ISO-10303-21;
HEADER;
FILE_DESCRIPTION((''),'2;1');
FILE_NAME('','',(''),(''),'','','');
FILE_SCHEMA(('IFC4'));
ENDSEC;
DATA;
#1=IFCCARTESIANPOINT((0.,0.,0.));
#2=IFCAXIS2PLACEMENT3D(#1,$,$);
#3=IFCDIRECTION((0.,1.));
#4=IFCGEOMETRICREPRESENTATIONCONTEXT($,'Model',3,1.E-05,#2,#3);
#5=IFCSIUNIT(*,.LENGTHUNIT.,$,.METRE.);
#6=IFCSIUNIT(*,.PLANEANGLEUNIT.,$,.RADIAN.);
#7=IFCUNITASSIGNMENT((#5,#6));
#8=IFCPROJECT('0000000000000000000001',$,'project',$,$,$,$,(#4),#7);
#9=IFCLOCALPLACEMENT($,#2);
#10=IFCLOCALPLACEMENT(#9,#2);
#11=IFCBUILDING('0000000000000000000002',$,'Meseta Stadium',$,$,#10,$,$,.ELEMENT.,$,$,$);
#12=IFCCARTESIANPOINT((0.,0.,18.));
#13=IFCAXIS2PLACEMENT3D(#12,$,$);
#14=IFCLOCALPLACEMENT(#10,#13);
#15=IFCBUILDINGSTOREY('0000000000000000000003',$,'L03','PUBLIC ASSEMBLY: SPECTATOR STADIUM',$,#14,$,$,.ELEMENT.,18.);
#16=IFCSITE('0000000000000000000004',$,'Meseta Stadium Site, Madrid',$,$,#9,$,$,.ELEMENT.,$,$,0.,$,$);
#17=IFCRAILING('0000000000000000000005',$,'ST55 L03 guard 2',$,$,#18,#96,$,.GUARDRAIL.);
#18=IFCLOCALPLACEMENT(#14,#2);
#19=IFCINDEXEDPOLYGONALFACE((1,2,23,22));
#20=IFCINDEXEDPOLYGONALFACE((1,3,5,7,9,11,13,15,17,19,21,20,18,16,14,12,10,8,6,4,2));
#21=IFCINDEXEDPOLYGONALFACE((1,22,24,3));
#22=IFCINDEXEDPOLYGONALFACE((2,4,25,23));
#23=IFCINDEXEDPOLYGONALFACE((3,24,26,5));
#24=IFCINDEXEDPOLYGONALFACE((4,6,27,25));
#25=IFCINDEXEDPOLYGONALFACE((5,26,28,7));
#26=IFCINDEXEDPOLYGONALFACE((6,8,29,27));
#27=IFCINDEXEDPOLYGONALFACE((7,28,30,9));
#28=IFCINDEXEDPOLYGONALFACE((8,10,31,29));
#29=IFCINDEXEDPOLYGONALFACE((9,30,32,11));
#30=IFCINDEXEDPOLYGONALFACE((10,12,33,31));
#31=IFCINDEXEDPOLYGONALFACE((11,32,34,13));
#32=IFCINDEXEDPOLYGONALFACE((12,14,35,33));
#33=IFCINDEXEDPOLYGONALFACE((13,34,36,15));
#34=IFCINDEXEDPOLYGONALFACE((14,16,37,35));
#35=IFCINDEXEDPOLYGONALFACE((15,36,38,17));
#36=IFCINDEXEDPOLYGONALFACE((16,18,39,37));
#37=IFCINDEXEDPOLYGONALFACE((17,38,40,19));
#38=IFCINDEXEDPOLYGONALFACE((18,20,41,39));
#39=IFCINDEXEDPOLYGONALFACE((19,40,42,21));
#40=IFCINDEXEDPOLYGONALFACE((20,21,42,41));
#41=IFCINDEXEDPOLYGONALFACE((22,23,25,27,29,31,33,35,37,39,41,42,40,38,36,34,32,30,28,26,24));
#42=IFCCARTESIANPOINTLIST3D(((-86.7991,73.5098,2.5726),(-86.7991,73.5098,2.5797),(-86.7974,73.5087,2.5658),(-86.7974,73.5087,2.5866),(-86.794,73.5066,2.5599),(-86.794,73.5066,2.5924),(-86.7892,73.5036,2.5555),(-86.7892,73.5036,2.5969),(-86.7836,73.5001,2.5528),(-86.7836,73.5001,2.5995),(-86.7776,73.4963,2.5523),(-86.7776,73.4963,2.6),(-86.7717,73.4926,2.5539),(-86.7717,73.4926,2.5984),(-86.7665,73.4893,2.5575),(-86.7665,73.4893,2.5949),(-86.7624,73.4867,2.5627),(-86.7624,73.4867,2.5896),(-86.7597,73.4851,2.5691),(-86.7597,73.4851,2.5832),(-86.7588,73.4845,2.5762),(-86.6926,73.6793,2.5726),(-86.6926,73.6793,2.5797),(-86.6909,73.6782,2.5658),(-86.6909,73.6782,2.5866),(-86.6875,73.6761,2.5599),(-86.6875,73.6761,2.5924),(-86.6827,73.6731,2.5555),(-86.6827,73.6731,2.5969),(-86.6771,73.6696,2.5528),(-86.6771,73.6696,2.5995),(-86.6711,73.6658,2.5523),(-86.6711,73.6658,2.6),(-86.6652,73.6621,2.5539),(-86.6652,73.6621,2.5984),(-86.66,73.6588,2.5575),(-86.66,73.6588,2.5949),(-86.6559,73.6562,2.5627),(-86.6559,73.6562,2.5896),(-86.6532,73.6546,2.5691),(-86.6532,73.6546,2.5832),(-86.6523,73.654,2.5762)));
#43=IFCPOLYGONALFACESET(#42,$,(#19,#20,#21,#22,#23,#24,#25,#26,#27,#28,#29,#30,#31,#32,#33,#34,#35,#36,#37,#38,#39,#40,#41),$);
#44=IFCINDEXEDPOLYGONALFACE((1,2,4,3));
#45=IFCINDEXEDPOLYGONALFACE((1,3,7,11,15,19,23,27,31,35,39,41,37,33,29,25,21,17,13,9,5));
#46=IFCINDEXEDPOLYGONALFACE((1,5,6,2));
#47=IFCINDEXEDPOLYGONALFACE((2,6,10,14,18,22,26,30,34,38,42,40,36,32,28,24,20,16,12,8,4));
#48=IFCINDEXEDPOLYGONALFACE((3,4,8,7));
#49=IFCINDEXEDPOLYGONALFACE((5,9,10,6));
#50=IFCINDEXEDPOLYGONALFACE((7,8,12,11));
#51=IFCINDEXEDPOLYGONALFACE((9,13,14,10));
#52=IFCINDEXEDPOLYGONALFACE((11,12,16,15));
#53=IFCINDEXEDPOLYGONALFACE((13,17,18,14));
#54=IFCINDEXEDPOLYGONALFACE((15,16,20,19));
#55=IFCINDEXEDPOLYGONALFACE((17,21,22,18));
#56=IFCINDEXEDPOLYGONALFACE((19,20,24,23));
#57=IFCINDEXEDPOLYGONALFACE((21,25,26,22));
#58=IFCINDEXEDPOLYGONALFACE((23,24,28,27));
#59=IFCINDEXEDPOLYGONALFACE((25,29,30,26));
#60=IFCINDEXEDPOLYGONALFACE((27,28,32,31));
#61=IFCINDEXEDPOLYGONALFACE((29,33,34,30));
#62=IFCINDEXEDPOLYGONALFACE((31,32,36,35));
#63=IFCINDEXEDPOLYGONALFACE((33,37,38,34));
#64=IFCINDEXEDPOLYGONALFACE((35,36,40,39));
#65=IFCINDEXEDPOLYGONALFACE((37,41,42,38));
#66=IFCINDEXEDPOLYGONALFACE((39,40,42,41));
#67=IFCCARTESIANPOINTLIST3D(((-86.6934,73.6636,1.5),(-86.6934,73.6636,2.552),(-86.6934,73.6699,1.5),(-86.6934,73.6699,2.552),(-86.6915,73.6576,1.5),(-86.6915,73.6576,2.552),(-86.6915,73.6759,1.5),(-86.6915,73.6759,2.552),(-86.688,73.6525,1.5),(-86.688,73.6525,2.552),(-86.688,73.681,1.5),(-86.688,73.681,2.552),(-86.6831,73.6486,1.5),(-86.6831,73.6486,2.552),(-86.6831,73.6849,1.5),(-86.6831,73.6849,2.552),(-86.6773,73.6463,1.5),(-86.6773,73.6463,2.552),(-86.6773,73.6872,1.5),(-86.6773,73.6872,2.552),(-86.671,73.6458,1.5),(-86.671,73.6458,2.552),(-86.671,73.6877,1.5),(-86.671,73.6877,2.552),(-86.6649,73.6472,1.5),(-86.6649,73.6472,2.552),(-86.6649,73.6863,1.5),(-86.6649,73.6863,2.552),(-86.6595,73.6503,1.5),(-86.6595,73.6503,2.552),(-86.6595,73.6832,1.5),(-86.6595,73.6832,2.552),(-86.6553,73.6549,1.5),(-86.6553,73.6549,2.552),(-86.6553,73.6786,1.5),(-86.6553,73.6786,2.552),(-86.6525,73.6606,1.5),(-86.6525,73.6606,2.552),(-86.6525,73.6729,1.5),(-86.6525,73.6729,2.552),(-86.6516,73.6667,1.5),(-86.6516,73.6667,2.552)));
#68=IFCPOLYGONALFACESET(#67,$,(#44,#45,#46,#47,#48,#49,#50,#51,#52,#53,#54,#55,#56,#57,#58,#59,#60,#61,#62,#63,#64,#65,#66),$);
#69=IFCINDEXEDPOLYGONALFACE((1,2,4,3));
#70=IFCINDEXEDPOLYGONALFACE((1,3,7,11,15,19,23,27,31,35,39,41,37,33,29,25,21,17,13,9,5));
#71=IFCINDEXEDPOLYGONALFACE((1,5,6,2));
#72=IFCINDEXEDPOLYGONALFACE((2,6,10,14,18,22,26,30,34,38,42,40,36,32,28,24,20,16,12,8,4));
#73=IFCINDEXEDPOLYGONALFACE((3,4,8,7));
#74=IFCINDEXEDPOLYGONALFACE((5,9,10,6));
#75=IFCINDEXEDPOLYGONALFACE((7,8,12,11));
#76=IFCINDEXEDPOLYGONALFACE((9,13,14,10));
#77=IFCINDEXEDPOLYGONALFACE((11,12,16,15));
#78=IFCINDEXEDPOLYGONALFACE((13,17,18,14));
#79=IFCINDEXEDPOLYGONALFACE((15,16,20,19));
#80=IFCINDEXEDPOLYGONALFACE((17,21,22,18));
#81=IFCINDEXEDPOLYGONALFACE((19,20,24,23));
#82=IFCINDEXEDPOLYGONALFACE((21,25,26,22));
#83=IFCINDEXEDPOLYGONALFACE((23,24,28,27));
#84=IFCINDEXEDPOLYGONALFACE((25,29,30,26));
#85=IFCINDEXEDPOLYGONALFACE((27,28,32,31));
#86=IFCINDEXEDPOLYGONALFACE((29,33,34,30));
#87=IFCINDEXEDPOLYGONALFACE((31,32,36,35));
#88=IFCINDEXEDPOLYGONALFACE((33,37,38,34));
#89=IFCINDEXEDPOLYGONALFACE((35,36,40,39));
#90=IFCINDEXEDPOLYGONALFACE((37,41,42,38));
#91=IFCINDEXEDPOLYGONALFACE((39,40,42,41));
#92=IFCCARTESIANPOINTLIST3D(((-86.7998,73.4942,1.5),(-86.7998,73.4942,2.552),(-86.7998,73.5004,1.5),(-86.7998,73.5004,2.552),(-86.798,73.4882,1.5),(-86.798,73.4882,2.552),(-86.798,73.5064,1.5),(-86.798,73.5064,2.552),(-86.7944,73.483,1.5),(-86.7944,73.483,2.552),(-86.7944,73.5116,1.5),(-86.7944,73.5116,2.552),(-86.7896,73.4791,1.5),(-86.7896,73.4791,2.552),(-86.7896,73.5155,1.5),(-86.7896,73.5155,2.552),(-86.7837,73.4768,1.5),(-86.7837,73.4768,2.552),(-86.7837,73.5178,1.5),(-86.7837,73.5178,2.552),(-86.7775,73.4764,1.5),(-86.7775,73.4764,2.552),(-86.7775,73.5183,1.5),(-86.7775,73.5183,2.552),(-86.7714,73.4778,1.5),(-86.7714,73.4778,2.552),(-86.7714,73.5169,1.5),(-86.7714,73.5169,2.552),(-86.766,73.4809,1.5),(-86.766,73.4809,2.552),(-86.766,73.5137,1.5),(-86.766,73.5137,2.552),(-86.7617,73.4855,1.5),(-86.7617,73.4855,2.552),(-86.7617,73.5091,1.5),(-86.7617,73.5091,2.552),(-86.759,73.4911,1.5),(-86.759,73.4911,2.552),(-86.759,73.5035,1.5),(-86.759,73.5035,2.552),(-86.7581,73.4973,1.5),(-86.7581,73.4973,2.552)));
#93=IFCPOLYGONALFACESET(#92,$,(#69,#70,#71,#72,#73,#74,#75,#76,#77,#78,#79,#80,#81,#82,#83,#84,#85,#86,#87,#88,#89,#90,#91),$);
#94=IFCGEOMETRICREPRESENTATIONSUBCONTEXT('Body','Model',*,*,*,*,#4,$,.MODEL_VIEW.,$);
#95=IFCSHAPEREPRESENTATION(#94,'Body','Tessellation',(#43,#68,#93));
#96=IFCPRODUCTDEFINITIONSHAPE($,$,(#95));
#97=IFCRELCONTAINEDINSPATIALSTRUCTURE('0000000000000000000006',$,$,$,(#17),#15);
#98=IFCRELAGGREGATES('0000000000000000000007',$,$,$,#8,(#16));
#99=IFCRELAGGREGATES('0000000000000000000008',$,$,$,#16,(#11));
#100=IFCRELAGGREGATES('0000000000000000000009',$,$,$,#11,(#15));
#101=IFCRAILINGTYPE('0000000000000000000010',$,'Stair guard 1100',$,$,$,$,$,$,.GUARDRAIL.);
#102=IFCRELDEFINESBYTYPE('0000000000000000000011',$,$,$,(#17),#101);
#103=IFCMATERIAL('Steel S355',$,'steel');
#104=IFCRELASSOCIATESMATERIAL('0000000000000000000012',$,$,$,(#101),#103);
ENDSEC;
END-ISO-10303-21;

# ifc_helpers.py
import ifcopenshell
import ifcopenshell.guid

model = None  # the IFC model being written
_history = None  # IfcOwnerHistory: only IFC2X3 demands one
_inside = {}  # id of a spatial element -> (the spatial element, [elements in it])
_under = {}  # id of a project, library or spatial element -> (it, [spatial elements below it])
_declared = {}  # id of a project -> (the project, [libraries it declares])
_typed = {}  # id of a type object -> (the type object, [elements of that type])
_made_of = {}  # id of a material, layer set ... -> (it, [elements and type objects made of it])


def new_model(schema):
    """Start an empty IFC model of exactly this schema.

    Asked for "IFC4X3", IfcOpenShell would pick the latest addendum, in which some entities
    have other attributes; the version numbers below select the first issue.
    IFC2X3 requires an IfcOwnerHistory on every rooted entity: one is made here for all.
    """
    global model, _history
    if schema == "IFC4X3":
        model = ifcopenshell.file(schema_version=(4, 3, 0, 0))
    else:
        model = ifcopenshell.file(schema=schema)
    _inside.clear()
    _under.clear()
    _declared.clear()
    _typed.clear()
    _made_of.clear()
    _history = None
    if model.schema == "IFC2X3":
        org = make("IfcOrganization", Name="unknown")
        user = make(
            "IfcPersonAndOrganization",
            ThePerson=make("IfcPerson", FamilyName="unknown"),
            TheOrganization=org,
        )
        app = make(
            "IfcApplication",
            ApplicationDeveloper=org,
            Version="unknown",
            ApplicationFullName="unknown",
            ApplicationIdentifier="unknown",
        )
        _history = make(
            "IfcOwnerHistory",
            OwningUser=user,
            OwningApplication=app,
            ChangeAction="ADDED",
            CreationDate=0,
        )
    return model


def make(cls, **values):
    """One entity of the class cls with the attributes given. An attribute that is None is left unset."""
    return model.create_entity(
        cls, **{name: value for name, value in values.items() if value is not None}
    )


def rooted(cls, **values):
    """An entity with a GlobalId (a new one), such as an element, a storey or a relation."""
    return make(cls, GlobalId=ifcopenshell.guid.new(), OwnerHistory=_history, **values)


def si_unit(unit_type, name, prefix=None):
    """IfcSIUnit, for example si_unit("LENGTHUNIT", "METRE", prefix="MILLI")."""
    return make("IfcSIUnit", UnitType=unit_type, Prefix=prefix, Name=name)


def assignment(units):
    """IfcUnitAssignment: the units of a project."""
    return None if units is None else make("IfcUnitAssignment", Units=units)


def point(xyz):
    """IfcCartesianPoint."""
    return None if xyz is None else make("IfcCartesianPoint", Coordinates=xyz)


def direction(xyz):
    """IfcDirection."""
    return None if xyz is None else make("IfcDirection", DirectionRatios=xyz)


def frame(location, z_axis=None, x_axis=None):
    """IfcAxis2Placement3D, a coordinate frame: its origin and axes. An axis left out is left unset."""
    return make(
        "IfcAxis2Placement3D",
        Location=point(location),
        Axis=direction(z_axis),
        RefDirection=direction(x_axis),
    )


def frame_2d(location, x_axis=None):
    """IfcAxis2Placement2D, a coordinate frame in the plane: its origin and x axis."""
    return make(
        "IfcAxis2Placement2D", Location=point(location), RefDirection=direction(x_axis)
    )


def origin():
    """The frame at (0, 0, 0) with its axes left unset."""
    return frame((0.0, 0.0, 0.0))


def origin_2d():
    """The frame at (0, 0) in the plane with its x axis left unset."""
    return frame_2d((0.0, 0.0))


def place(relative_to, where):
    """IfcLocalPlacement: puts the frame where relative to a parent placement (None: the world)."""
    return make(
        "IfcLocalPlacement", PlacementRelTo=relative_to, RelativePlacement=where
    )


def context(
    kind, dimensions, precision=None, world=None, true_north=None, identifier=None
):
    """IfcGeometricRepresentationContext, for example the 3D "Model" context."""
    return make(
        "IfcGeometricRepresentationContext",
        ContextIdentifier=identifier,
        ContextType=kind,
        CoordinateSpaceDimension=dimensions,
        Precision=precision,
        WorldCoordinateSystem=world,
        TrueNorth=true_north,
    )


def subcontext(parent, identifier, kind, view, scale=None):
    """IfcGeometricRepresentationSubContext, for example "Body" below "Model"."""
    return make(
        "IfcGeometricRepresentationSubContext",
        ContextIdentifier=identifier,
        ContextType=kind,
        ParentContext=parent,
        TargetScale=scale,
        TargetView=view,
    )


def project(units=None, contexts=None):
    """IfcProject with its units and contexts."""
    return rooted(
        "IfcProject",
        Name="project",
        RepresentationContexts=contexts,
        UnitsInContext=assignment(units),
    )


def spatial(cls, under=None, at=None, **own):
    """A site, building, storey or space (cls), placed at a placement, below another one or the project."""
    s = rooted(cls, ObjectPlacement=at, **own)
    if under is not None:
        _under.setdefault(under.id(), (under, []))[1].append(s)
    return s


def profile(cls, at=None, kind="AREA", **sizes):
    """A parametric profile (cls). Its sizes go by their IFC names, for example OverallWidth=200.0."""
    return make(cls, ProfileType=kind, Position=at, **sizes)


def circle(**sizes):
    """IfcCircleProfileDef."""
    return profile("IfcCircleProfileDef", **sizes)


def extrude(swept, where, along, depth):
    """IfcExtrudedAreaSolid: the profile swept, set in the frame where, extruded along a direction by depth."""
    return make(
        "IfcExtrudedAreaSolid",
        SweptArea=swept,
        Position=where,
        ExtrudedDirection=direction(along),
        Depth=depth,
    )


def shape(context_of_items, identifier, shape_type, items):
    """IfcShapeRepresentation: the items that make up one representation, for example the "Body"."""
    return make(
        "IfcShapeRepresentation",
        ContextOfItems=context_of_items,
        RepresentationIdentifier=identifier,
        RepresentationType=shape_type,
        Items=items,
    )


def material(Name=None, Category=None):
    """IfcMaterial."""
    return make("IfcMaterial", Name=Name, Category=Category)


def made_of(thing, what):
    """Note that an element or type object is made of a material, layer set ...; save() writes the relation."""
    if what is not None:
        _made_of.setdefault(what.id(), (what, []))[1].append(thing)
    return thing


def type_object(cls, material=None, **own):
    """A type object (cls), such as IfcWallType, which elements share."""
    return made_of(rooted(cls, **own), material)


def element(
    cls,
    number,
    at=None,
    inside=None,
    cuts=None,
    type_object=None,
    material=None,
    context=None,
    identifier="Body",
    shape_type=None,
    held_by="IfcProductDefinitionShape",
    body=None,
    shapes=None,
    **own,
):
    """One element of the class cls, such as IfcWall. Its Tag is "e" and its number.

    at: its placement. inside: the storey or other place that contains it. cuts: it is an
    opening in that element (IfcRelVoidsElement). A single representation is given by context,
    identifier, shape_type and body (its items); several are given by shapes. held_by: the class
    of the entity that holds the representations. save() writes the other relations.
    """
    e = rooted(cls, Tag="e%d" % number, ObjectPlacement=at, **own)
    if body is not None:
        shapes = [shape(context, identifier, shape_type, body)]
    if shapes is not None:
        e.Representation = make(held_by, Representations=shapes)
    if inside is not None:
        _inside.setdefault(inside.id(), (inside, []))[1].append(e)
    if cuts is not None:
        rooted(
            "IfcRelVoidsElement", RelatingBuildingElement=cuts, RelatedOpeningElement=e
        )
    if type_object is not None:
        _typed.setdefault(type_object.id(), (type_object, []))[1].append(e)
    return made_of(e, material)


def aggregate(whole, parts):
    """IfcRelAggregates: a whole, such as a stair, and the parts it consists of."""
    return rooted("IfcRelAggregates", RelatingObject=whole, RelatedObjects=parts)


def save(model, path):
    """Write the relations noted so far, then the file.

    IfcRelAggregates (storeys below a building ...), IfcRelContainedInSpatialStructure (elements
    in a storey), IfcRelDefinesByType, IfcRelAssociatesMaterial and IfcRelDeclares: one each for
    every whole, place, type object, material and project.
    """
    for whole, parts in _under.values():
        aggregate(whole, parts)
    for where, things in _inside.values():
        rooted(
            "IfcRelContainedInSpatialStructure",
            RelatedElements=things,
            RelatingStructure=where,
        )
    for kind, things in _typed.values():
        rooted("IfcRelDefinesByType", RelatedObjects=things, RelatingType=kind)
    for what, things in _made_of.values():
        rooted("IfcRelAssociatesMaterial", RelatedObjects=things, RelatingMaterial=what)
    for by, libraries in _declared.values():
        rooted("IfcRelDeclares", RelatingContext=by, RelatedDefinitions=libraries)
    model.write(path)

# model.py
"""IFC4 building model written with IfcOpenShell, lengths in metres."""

from ifc_helpers import new_model, si_unit, direction, frame, origin, origin_2d, place, context, subcontext, project, spatial, circle, extrude, material, type_object, element, save


model = new_model("IFC4")

# Units and contexts
model_context = context("Model", 3, precision=1e-05, world=origin(), true_north=direction((0.0, 1.0)))
body_context = subcontext(model_context, "Body", "Model", "MODEL_VIEW")
ifc_project = project(units=[si_unit("LENGTHUNIT", "METRE"), si_unit("PLANEANGLEUNIT", "RADIAN")], contexts=[model_context])

# Site, building, storey
site_placement = place(None, origin())
site = spatial("IfcSite", under=ifc_project, at=site_placement, Name="Meseta Stadium Site, Madrid", CompositionType="ELEMENT", RefElevation=0.0)
building_placement = place(site_placement, origin())
building = spatial("IfcBuilding", under=site, at=building_placement, Name="Meseta Stadium", CompositionType="ELEMENT")
storey_placement = place(building_placement, frame((0.0, 0.0, 18.0)))
storey = spatial("IfcBuildingStorey", under=building, at=storey_placement, Name="L03", Description="PUBLIC ASSEMBLY: SPECTATOR STADIUM", CompositionType="ELEMENT", Elevation=18.0)

# Railing
ifc_material_1 = material(Name="Steel S355", Category="steel")
railing_type_1 = type_object("IfcRailingType", Name="Stair guard 1100", PredefinedType="GUARDRAIL", material=ifc_material_1)
railing_1_placement = place(storey_placement, frame((-86.6726, 73.6667, 1.5)))
element("IfcRailing", 1, at=railing_1_placement, inside=storey, type_object=railing_type_1, Name="ST55 L03 guard 2", PredefinedType="GUARDRAIL", context=body_context, shape_type="SweptSolid", body=[
    extrude(circle(Radius=0.0239, at=origin_2d()), frame((0.0, 0.0, 1.0762), z_axis=(-0.531972, -0.846762, 0.0), x_axis=(0.846762, -0.531972, 0.0)), (0.0, 0.0, 1.0), 0.2002),
    extrude(circle(Radius=0.021, at=origin_2d()), origin(), (0.0, 0.0, 1.0), 1.052),
    extrude(circle(Radius=0.021, at=origin_2d()), frame((-0.1064, -0.1694, 0.0)), (0.0, 0.0, 1.0), 1.052),
])

save(model, "model.ifc")
